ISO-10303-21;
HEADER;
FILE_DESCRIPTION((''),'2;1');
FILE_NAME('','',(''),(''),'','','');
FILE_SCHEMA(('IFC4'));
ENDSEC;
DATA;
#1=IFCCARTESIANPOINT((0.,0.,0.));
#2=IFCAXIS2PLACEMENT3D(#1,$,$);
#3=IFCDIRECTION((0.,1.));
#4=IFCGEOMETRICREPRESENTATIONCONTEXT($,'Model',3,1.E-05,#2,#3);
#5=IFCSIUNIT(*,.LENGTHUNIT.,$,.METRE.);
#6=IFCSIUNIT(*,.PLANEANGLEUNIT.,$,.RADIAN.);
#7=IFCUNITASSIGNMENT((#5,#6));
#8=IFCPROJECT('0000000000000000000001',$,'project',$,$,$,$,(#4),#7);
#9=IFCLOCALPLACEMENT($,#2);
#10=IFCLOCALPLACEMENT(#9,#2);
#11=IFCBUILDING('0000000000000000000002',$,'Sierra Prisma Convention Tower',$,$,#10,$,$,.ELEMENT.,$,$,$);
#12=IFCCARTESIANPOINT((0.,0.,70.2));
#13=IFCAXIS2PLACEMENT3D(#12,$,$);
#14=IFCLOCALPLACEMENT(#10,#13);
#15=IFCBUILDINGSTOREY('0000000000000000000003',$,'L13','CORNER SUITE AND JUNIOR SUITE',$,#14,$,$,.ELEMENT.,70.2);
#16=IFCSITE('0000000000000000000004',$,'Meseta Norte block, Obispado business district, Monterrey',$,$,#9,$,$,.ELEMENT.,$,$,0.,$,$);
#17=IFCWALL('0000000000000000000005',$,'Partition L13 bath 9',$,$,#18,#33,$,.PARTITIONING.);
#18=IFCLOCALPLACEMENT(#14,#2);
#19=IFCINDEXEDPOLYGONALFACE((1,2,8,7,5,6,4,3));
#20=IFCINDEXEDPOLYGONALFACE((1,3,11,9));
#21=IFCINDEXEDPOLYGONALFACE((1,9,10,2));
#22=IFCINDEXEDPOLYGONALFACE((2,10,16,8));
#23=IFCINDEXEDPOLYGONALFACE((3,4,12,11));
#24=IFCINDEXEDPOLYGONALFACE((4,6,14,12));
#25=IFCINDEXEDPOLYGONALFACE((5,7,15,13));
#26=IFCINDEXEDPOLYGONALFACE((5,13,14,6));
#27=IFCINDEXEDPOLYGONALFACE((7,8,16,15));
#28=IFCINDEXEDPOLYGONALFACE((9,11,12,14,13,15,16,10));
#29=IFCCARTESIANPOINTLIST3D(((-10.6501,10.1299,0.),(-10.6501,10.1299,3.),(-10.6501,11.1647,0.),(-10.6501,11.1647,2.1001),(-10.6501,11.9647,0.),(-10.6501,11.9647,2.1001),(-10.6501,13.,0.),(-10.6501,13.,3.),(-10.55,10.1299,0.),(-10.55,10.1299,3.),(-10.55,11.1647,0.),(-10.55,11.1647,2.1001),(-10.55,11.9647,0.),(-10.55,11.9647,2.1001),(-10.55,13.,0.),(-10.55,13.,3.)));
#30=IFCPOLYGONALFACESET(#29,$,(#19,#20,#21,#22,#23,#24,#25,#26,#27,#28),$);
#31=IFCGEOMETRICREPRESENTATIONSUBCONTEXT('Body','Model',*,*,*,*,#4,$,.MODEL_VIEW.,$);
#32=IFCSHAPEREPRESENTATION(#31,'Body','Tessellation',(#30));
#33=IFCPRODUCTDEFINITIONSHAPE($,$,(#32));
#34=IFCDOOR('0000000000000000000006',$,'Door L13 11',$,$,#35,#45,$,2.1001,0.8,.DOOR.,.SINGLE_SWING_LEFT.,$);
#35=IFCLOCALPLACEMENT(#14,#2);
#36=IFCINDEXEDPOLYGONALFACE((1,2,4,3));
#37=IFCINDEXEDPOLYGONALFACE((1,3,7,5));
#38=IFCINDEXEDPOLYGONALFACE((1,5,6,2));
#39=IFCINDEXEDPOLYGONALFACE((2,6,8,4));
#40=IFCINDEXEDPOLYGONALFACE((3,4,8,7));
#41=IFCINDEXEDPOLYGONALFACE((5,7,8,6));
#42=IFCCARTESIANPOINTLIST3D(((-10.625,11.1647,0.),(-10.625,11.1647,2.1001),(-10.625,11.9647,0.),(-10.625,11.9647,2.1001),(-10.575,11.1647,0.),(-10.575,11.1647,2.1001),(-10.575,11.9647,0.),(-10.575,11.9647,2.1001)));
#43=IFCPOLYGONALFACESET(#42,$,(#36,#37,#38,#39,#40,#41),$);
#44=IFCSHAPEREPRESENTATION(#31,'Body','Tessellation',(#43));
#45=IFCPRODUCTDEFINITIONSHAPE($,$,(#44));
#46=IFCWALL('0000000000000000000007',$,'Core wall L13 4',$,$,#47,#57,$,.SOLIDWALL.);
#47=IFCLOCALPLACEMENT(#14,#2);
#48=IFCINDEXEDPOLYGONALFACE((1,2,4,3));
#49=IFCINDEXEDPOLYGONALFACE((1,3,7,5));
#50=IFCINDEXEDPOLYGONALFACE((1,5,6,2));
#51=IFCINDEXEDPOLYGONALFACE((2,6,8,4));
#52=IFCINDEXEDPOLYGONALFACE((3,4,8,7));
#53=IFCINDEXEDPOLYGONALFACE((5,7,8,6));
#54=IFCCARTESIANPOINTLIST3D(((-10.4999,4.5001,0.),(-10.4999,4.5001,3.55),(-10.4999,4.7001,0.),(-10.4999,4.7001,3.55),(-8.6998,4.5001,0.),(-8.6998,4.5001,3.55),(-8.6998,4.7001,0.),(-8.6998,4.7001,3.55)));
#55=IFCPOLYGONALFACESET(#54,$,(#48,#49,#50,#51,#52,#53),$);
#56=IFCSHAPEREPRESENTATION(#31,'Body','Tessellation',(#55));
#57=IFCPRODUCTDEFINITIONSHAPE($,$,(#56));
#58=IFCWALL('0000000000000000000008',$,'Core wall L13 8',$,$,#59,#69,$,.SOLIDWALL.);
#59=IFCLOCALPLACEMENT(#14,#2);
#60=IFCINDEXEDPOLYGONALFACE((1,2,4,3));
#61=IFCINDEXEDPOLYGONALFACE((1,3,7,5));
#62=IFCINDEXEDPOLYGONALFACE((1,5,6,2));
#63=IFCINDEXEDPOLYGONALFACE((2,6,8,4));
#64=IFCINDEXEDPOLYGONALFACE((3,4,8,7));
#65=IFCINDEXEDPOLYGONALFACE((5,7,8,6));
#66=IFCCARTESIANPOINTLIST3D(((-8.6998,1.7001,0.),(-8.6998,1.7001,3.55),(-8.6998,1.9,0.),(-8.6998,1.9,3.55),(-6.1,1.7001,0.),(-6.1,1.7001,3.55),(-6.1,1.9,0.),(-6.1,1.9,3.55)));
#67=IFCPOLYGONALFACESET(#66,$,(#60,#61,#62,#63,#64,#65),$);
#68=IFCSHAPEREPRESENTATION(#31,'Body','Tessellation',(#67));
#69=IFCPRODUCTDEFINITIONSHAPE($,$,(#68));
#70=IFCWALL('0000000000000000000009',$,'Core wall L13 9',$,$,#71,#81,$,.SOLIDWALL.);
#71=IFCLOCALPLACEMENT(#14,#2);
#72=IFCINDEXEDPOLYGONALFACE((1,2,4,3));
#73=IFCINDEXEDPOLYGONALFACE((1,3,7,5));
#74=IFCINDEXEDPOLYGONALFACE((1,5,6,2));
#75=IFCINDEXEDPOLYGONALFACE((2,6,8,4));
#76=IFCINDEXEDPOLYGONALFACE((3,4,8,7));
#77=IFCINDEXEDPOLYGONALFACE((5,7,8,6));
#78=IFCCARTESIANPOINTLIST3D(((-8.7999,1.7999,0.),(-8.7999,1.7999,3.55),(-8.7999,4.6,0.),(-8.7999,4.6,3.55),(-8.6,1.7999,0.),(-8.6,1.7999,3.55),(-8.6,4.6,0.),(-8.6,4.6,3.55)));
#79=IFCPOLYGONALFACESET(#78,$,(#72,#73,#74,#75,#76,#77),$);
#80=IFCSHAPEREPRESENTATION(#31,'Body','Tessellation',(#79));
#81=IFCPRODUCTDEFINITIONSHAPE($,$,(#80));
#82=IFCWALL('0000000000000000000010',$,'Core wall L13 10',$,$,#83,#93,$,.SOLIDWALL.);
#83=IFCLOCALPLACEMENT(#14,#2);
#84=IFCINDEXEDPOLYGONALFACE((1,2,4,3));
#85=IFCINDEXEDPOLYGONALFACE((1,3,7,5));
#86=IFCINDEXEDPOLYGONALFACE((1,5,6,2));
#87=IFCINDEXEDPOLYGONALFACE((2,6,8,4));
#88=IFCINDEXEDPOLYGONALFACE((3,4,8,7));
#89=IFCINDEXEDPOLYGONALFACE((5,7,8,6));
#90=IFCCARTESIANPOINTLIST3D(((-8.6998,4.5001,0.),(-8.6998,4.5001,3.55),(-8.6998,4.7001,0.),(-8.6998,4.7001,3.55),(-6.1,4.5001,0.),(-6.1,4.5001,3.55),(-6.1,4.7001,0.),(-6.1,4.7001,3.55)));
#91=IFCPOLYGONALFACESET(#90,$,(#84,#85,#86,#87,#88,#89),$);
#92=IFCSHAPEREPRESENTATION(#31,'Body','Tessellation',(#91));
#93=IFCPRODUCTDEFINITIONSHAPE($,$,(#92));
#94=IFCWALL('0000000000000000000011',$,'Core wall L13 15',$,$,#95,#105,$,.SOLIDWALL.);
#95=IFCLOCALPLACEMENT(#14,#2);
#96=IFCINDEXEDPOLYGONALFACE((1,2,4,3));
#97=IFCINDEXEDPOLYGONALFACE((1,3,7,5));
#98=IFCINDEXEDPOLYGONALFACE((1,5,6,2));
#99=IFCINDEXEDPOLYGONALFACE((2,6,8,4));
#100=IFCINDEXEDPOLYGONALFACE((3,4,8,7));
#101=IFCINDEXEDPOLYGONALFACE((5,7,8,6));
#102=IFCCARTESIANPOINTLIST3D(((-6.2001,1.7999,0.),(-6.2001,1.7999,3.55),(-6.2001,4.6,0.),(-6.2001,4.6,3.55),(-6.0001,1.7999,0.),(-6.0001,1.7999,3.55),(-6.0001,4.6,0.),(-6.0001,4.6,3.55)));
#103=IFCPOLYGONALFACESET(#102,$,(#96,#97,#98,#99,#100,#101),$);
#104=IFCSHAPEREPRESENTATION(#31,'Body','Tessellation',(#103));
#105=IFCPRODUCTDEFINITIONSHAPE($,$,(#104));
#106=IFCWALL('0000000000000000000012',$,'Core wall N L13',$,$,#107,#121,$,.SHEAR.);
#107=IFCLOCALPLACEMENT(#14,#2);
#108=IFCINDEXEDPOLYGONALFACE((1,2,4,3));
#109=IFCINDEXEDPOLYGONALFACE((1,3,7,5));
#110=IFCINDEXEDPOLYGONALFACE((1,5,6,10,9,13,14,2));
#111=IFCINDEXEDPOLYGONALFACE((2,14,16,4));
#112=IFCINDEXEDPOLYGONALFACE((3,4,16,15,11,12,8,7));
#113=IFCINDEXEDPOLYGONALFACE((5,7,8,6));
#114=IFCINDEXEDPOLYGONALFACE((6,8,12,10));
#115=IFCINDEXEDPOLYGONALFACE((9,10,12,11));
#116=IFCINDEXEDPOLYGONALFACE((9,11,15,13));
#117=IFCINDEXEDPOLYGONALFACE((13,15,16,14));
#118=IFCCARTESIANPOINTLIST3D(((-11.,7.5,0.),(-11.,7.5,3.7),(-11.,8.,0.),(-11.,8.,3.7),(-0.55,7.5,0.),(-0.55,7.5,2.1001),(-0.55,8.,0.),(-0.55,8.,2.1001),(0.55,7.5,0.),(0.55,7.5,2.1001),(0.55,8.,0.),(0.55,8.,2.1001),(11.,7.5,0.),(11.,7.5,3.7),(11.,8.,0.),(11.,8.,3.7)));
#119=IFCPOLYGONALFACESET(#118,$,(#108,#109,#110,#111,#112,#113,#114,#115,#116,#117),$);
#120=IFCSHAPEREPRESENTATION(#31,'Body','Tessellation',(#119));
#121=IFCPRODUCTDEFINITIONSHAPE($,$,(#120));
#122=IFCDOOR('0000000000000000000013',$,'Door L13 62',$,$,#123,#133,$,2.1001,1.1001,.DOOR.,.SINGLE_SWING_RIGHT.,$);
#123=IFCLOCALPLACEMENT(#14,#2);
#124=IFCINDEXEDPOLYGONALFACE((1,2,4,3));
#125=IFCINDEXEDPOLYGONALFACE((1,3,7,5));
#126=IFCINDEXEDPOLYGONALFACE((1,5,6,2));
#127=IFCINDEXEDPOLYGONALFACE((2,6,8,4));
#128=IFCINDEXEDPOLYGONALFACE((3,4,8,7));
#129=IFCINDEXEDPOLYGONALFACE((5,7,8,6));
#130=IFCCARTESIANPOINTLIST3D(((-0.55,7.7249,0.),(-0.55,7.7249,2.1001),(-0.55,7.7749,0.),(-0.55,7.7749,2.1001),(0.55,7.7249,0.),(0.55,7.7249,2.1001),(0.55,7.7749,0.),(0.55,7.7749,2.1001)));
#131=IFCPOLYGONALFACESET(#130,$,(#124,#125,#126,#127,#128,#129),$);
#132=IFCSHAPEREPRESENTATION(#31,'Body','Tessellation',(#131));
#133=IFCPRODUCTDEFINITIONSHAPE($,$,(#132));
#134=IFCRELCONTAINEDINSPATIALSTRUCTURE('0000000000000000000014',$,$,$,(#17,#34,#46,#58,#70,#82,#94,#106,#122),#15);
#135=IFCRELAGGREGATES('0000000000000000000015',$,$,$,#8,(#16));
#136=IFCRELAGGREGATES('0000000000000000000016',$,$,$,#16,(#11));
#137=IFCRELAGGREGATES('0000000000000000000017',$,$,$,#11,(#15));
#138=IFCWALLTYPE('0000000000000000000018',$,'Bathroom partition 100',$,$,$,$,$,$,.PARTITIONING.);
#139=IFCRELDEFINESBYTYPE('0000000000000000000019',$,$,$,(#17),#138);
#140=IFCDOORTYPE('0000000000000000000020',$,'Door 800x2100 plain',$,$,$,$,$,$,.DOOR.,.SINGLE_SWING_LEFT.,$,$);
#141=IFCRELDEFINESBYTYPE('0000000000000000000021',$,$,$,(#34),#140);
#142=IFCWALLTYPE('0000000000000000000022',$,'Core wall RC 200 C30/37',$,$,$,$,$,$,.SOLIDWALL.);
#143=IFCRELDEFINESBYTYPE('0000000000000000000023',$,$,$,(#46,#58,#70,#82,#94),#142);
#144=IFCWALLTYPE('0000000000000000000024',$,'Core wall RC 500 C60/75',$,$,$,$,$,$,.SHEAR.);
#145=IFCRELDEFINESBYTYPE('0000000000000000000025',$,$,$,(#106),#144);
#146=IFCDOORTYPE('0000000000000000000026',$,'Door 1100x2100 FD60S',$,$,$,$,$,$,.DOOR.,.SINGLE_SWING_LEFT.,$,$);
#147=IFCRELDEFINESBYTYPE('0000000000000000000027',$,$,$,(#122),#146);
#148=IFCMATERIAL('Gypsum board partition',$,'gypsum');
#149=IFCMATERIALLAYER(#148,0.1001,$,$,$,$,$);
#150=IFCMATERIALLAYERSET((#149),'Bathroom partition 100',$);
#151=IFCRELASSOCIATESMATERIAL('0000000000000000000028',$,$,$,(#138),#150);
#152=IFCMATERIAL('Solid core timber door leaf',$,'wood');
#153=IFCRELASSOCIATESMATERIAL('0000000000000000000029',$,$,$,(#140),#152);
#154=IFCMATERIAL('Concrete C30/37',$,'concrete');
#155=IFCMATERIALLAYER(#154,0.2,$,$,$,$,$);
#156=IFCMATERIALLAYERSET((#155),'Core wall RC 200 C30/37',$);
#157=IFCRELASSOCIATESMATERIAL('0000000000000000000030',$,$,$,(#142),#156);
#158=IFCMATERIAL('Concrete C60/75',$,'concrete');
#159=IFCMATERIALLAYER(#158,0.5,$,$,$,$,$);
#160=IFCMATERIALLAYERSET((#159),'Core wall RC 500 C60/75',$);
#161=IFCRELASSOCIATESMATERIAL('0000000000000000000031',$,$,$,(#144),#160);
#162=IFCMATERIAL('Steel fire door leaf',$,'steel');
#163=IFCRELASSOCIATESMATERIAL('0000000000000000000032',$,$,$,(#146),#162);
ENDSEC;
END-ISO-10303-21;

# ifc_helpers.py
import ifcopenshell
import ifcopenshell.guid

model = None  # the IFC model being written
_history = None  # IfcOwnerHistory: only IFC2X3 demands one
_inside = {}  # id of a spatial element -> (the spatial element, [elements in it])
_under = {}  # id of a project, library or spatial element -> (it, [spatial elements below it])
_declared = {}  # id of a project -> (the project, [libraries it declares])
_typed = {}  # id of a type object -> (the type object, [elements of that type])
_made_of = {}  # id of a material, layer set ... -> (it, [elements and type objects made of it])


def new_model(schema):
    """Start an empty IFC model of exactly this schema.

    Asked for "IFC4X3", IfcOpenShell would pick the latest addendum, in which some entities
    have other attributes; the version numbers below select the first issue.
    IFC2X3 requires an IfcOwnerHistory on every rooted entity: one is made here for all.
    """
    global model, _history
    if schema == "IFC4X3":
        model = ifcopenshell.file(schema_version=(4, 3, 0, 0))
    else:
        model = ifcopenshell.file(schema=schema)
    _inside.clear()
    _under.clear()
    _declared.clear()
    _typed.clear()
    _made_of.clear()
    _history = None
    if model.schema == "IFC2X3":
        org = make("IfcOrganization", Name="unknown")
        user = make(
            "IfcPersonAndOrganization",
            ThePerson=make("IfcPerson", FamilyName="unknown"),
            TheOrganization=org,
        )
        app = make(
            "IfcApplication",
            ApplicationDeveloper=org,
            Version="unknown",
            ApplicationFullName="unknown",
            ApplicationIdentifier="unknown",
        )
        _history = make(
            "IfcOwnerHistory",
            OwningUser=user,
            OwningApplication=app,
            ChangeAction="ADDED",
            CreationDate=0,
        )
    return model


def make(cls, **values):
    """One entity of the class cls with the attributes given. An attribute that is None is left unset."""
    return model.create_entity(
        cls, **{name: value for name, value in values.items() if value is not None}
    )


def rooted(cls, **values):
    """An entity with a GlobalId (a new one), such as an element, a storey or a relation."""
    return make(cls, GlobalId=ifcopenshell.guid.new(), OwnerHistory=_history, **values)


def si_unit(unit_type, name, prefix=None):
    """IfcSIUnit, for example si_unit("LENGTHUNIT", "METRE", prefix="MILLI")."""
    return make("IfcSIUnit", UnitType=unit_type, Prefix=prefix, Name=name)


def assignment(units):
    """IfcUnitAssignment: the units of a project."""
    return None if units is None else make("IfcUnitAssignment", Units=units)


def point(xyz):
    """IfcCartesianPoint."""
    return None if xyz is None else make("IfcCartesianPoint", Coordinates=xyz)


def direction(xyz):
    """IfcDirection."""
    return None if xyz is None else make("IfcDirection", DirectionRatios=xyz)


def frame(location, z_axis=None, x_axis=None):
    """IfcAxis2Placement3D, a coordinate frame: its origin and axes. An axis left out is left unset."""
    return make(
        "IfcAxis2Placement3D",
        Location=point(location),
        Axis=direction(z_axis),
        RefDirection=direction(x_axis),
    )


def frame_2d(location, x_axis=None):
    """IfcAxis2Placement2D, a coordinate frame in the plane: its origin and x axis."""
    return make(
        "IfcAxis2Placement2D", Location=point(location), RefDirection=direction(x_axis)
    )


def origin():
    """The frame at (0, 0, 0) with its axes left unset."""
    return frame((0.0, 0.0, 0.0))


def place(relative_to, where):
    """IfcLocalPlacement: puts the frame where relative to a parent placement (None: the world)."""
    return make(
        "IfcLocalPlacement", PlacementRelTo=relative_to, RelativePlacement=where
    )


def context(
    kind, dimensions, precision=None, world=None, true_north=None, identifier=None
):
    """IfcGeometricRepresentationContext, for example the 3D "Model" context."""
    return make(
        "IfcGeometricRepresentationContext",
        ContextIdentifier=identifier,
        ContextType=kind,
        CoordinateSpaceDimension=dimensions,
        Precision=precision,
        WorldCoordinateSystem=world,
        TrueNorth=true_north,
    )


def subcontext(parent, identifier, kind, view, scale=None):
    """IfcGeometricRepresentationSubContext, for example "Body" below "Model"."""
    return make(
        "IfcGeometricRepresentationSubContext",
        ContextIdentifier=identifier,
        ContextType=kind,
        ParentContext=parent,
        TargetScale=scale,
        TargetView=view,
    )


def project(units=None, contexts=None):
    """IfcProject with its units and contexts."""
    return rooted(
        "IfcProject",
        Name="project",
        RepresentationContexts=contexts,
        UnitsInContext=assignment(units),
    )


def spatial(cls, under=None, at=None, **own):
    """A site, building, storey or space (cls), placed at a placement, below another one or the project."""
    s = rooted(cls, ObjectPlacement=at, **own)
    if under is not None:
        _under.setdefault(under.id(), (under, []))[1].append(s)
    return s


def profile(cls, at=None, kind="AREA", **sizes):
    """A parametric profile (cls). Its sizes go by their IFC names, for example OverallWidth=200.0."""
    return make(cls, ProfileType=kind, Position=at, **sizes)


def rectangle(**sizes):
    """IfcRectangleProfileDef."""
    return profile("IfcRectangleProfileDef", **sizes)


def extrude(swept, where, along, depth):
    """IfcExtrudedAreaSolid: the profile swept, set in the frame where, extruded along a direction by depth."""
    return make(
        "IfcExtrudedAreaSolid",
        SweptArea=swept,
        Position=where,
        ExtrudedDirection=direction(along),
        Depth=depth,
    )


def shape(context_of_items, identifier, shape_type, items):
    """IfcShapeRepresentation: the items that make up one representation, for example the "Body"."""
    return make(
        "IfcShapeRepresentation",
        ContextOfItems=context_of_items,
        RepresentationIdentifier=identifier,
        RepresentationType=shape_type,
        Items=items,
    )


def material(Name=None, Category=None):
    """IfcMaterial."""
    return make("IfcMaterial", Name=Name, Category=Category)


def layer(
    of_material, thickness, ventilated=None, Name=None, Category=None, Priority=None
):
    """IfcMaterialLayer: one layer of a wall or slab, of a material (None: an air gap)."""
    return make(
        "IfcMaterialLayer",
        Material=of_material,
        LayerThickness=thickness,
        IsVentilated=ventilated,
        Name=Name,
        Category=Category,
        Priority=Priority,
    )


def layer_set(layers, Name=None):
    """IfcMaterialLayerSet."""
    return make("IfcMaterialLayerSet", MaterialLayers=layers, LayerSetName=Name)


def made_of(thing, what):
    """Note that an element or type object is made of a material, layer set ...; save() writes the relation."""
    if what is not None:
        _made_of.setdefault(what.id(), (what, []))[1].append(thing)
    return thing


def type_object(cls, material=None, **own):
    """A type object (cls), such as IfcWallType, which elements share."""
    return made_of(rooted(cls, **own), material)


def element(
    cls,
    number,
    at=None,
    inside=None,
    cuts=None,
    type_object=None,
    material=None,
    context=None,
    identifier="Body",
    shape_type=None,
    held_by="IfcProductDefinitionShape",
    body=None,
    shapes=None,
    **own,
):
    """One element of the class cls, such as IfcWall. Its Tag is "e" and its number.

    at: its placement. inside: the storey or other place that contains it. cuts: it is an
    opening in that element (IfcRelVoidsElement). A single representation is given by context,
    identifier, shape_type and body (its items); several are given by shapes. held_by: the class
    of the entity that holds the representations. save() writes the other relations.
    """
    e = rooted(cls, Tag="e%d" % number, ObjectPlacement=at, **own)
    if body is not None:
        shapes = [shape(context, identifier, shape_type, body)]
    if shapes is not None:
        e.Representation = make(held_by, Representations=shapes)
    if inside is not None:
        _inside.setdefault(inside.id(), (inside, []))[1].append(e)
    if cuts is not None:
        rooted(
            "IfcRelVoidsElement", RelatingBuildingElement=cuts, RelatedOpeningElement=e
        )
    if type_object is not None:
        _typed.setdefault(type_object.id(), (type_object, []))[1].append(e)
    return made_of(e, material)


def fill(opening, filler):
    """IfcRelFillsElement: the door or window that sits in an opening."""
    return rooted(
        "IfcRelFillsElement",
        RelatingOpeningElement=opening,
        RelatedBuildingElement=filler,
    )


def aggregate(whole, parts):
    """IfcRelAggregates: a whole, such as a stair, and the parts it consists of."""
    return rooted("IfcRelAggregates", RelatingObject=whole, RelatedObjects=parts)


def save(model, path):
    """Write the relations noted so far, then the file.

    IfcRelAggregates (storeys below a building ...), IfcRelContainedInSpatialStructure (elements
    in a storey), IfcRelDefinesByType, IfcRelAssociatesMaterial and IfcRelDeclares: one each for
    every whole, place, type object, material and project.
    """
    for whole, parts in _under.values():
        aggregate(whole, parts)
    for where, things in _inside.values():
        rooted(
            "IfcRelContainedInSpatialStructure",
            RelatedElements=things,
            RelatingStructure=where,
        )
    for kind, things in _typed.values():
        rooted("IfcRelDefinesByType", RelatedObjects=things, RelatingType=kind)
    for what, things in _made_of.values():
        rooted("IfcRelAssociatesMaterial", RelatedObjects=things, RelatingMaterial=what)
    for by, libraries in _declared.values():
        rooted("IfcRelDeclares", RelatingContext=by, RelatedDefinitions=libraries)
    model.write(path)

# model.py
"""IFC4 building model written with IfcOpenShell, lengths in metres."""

from ifc_helpers import new_model, si_unit, direction, frame, frame_2d, origin, place, context, subcontext, project, spatial, rectangle, extrude, material, layer, layer_set, type_object, element, fill, save


model = new_model("IFC4")

# Units and contexts
model_context = context("Model", 3, precision=1e-05, world=origin(), true_north=direction((0.0, 1.0)))
body_context = subcontext(model_context, "Body", "Model", "MODEL_VIEW")
ifc_project = project(units=[si_unit("LENGTHUNIT", "METRE"), si_unit("PLANEANGLEUNIT", "RADIAN")], contexts=[model_context])

# Site, building, storey
site_placement = place(None, origin())
site = spatial("IfcSite", under=ifc_project, at=site_placement, Name="Meseta Norte block, Obispado business district, Monterrey", CompositionType="ELEMENT", RefElevation=0.0)
building_placement = place(site_placement, origin())
building = spatial("IfcBuilding", under=site, at=building_placement, Name="Sierra Prisma Convention Tower", CompositionType="ELEMENT")
storey_placement = place(building_placement, frame((0.0, 0.0, 70.2)))
storey = spatial("IfcBuildingStorey", under=building, at=storey_placement, Name="L13", Description="CORNER SUITE AND JUNIOR SUITE", CompositionType="ELEMENT", Elevation=70.2)

# Wall, opening, door
ifc_material_1 = material(Name="Gypsum board partition", Category="gypsum")
ifc_layer_1 = layer(ifc_material_1, 0.1001)
ifc_layer_set_1 = layer_set([ifc_layer_1], Name="Bathroom partition 100")
wall_type_1 = type_object("IfcWallType", Name="Bathroom partition 100", PredefinedType="PARTITIONING", material=ifc_layer_set_1)
wall_1_placement = place(storey_placement, frame((-10.6001, 10.1299, 0.0), z_axis=(0.0, 0.0, 1.0), x_axis=(0.0, 1.0, 0.0)))
wall_1 = element("IfcWall", 1, at=wall_1_placement, inside=storey, type_object=wall_type_1, Name="Partition L13 bath 9", PredefinedType="PARTITIONING", context=body_context, shape_type="SweptSolid", body=[
    extrude(rectangle(XDim=2.8701, YDim=0.1001, at=frame_2d((1.4351, 0.0))), origin(), (0.0, 0.0, 1.0), 3.0),
])
opening_1_placement = place(wall_1_placement, frame((1.0349, 0.0, 0.0)))
opening_1 = element("IfcOpeningElement", 2, at=opening_1_placement, cuts=wall_1, PredefinedType="OPENING", context=body_context, shape_type="SweptSolid", body=[
    extrude(rectangle(XDim=0.8, YDim=2.1001, at=frame_2d((0.3999, 1.05))), frame((0.0, 0.05, 0.0), z_axis=(0.0, -1.0, 0.0), x_axis=(1.0, 0.0, 0.0)), (0.0, 0.0, 1.0), 0.1001),
])
ifc_material_2 = material(Name="Solid core timber door leaf", Category="wood")
door_type_1 = type_object("IfcDoorType", Name="Door 800x2100 plain", OperationType="SINGLE_SWING_LEFT", PredefinedType="DOOR", material=ifc_material_2)
door_1_placement = place(opening_1_placement, origin())
door_1 = element("IfcDoor", 3, at=door_1_placement, inside=storey, type_object=door_type_1, Name="Door L13 11", OperationType="SINGLE_SWING_LEFT", OverallHeight=2.1001, OverallWidth=0.8, PredefinedType="DOOR", context=body_context, shape_type="SweptSolid", body=[
    extrude(rectangle(XDim=0.8, YDim=2.1001, at=frame_2d((0.3999, 1.05))), frame((0.0, 0.0249, 0.0), z_axis=(0.0, -1.0, 0.0), x_axis=(1.0, 0.0, 0.0)), (0.0, 0.0, 1.0), 0.05),
])
fill(opening_1, door_1)
ifc_material_3 = material(Name="Concrete C30/37", Category="concrete")
ifc_layer_2 = layer(ifc_material_3, 0.2)
ifc_layer_set_2 = layer_set([ifc_layer_2], Name="Core wall RC 200 C30/37")
wall_type_2 = type_object("IfcWallType", Name="Core wall RC 200 C30/37", PredefinedType="SOLIDWALL", material=ifc_layer_set_2)

# Walls
wall_2_placement = place(storey_placement, frame((-8.7, 4.6001, 0.0), z_axis=(0.0, 0.0, 1.0), x_axis=(-1.0, 0.0, 0.0)))
element("IfcWall", 4, at=wall_2_placement, inside=storey, type_object=wall_type_2, Name="Core wall L13 4", PredefinedType="SOLIDWALL", context=body_context, shape_type="SweptSolid", body=[
    extrude(rectangle(XDim=1.8, YDim=0.2, at=frame_2d((0.8999, 0.0))), origin(), (0.0, 0.0, 1.0), 3.55),
])
wall_3_placement = place(storey_placement, frame((-6.1001, 1.8, 0.0), z_axis=(0.0, 0.0, 1.0), x_axis=(-1.0, 0.0, 0.0)))
element("IfcWall", 5, at=wall_3_placement, inside=storey, type_object=wall_type_2, Name="Core wall L13 8", PredefinedType="SOLIDWALL", context=body_context, shape_type="SweptSolid", body=[
    extrude(rectangle(XDim=2.5999, YDim=0.2, at=frame_2d((1.2998, 0.0))), origin(), (0.0, 0.0, 1.0), 3.55),
])
wall_4_placement = place(storey_placement, frame((-8.7, 1.8, 0.0), z_axis=(0.0, 0.0, 1.0), x_axis=(0.0, 1.0, 0.0)))
element("IfcWall", 6, at=wall_4_placement, inside=storey, type_object=wall_type_2, Name="Core wall L13 9", PredefinedType="SOLIDWALL", context=body_context, shape_type="SweptSolid", body=[
    extrude(rectangle(XDim=2.8, YDim=0.2, at=frame_2d((1.3999, 0.0))), origin(), (0.0, 0.0, 1.0), 3.55),
])
wall_5_placement = place(storey_placement, frame((-6.1001, 4.6001, 0.0), z_axis=(0.0, 0.0, 1.0), x_axis=(-1.0, 0.0, 0.0)))
element("IfcWall", 7, at=wall_5_placement, inside=storey, type_object=wall_type_2, Name="Core wall L13 10", PredefinedType="SOLIDWALL", context=body_context, shape_type="SweptSolid", body=[
    extrude(rectangle(XDim=2.5999, YDim=0.2, at=frame_2d((1.2998, 0.0))), origin(), (0.0, 0.0, 1.0), 3.55),
])
wall_6_placement = place(storey_placement, frame((-6.1001, 1.8, 0.0), z_axis=(0.0, 0.0, 1.0), x_axis=(0.0, 1.0, 0.0)))
element("IfcWall", 8, at=wall_6_placement, inside=storey, type_object=wall_type_2, Name="Core wall L13 15", PredefinedType="SOLIDWALL", context=body_context, shape_type="SweptSolid", body=[
    extrude(rectangle(XDim=2.8, YDim=0.2, at=frame_2d((1.3999, 0.0))), origin(), (0.0, 0.0, 1.0), 3.55),
])

# Wall, opening, door
ifc_material_4 = material(Name="Concrete C60/75", Category="concrete")
ifc_layer_3 = layer(ifc_material_4, 0.5)
ifc_layer_set_3 = layer_set([ifc_layer_3], Name="Core wall RC 500 C60/75")
wall_type_3 = type_object("IfcWallType", Name="Core wall RC 500 C60/75", PredefinedType="SHEAR", material=ifc_layer_set_3)
wall_7_placement = place(storey_placement, frame((-11.0, 7.75, 0.0), z_axis=(0.0, 0.0, 1.0), x_axis=(1.0, 0.0, 0.0)))
wall_7 = element("IfcWall", 9, at=wall_7_placement, inside=storey, type_object=wall_type_3, Name="Core wall N L13", PredefinedType="SHEAR", context=body_context, shape_type="SweptSolid", body=[
    extrude(rectangle(XDim=22.0, YDim=0.5, at=frame_2d((11.0, 0.0))), origin(), (0.0, 0.0, 1.0), 3.7),
])
opening_2_placement = place(wall_7_placement, frame((10.45, 0.0, 0.0)))
opening_2 = element("IfcOpeningElement", 10, at=opening_2_placement, cuts=wall_7, PredefinedType="OPENING", context=body_context, shape_type="SweptSolid", body=[
    extrude(rectangle(XDim=1.1001, YDim=2.1001, at=frame_2d((0.55, 1.05))), frame((0.0, 0.25, 0.0), z_axis=(0.0, -1.0, 0.0), x_axis=(1.0, 0.0, 0.0)), (0.0, 0.0, 1.0), 0.5),
])
ifc_material_5 = material(Name="Steel fire door leaf", Category="steel")
door_type_2 = type_object("IfcDoorType", Name="Door 1100x2100 FD60S", OperationType="SINGLE_SWING_LEFT", PredefinedType="DOOR", material=ifc_material_5)
door_2_placement = place(opening_2_placement, origin())
door_2 = element("IfcDoor", 11, at=door_2_placement, inside=storey, type_object=door_type_2, Name="Door L13 62", OperationType="SINGLE_SWING_RIGHT", OverallHeight=2.1001, OverallWidth=1.1001, PredefinedType="DOOR", context=body_context, shape_type="SweptSolid", body=[
    extrude(rectangle(XDim=1.1001, YDim=2.1001, at=frame_2d((0.55, 1.05))), frame((0.0, 0.0249, 0.0), z_axis=(0.0, -1.0, 0.0), x_axis=(1.0, 0.0, 0.0)), (0.0, 0.0, 1.0), 0.05),
])
fill(opening_2, door_2)

save(model, "model.ifc")
